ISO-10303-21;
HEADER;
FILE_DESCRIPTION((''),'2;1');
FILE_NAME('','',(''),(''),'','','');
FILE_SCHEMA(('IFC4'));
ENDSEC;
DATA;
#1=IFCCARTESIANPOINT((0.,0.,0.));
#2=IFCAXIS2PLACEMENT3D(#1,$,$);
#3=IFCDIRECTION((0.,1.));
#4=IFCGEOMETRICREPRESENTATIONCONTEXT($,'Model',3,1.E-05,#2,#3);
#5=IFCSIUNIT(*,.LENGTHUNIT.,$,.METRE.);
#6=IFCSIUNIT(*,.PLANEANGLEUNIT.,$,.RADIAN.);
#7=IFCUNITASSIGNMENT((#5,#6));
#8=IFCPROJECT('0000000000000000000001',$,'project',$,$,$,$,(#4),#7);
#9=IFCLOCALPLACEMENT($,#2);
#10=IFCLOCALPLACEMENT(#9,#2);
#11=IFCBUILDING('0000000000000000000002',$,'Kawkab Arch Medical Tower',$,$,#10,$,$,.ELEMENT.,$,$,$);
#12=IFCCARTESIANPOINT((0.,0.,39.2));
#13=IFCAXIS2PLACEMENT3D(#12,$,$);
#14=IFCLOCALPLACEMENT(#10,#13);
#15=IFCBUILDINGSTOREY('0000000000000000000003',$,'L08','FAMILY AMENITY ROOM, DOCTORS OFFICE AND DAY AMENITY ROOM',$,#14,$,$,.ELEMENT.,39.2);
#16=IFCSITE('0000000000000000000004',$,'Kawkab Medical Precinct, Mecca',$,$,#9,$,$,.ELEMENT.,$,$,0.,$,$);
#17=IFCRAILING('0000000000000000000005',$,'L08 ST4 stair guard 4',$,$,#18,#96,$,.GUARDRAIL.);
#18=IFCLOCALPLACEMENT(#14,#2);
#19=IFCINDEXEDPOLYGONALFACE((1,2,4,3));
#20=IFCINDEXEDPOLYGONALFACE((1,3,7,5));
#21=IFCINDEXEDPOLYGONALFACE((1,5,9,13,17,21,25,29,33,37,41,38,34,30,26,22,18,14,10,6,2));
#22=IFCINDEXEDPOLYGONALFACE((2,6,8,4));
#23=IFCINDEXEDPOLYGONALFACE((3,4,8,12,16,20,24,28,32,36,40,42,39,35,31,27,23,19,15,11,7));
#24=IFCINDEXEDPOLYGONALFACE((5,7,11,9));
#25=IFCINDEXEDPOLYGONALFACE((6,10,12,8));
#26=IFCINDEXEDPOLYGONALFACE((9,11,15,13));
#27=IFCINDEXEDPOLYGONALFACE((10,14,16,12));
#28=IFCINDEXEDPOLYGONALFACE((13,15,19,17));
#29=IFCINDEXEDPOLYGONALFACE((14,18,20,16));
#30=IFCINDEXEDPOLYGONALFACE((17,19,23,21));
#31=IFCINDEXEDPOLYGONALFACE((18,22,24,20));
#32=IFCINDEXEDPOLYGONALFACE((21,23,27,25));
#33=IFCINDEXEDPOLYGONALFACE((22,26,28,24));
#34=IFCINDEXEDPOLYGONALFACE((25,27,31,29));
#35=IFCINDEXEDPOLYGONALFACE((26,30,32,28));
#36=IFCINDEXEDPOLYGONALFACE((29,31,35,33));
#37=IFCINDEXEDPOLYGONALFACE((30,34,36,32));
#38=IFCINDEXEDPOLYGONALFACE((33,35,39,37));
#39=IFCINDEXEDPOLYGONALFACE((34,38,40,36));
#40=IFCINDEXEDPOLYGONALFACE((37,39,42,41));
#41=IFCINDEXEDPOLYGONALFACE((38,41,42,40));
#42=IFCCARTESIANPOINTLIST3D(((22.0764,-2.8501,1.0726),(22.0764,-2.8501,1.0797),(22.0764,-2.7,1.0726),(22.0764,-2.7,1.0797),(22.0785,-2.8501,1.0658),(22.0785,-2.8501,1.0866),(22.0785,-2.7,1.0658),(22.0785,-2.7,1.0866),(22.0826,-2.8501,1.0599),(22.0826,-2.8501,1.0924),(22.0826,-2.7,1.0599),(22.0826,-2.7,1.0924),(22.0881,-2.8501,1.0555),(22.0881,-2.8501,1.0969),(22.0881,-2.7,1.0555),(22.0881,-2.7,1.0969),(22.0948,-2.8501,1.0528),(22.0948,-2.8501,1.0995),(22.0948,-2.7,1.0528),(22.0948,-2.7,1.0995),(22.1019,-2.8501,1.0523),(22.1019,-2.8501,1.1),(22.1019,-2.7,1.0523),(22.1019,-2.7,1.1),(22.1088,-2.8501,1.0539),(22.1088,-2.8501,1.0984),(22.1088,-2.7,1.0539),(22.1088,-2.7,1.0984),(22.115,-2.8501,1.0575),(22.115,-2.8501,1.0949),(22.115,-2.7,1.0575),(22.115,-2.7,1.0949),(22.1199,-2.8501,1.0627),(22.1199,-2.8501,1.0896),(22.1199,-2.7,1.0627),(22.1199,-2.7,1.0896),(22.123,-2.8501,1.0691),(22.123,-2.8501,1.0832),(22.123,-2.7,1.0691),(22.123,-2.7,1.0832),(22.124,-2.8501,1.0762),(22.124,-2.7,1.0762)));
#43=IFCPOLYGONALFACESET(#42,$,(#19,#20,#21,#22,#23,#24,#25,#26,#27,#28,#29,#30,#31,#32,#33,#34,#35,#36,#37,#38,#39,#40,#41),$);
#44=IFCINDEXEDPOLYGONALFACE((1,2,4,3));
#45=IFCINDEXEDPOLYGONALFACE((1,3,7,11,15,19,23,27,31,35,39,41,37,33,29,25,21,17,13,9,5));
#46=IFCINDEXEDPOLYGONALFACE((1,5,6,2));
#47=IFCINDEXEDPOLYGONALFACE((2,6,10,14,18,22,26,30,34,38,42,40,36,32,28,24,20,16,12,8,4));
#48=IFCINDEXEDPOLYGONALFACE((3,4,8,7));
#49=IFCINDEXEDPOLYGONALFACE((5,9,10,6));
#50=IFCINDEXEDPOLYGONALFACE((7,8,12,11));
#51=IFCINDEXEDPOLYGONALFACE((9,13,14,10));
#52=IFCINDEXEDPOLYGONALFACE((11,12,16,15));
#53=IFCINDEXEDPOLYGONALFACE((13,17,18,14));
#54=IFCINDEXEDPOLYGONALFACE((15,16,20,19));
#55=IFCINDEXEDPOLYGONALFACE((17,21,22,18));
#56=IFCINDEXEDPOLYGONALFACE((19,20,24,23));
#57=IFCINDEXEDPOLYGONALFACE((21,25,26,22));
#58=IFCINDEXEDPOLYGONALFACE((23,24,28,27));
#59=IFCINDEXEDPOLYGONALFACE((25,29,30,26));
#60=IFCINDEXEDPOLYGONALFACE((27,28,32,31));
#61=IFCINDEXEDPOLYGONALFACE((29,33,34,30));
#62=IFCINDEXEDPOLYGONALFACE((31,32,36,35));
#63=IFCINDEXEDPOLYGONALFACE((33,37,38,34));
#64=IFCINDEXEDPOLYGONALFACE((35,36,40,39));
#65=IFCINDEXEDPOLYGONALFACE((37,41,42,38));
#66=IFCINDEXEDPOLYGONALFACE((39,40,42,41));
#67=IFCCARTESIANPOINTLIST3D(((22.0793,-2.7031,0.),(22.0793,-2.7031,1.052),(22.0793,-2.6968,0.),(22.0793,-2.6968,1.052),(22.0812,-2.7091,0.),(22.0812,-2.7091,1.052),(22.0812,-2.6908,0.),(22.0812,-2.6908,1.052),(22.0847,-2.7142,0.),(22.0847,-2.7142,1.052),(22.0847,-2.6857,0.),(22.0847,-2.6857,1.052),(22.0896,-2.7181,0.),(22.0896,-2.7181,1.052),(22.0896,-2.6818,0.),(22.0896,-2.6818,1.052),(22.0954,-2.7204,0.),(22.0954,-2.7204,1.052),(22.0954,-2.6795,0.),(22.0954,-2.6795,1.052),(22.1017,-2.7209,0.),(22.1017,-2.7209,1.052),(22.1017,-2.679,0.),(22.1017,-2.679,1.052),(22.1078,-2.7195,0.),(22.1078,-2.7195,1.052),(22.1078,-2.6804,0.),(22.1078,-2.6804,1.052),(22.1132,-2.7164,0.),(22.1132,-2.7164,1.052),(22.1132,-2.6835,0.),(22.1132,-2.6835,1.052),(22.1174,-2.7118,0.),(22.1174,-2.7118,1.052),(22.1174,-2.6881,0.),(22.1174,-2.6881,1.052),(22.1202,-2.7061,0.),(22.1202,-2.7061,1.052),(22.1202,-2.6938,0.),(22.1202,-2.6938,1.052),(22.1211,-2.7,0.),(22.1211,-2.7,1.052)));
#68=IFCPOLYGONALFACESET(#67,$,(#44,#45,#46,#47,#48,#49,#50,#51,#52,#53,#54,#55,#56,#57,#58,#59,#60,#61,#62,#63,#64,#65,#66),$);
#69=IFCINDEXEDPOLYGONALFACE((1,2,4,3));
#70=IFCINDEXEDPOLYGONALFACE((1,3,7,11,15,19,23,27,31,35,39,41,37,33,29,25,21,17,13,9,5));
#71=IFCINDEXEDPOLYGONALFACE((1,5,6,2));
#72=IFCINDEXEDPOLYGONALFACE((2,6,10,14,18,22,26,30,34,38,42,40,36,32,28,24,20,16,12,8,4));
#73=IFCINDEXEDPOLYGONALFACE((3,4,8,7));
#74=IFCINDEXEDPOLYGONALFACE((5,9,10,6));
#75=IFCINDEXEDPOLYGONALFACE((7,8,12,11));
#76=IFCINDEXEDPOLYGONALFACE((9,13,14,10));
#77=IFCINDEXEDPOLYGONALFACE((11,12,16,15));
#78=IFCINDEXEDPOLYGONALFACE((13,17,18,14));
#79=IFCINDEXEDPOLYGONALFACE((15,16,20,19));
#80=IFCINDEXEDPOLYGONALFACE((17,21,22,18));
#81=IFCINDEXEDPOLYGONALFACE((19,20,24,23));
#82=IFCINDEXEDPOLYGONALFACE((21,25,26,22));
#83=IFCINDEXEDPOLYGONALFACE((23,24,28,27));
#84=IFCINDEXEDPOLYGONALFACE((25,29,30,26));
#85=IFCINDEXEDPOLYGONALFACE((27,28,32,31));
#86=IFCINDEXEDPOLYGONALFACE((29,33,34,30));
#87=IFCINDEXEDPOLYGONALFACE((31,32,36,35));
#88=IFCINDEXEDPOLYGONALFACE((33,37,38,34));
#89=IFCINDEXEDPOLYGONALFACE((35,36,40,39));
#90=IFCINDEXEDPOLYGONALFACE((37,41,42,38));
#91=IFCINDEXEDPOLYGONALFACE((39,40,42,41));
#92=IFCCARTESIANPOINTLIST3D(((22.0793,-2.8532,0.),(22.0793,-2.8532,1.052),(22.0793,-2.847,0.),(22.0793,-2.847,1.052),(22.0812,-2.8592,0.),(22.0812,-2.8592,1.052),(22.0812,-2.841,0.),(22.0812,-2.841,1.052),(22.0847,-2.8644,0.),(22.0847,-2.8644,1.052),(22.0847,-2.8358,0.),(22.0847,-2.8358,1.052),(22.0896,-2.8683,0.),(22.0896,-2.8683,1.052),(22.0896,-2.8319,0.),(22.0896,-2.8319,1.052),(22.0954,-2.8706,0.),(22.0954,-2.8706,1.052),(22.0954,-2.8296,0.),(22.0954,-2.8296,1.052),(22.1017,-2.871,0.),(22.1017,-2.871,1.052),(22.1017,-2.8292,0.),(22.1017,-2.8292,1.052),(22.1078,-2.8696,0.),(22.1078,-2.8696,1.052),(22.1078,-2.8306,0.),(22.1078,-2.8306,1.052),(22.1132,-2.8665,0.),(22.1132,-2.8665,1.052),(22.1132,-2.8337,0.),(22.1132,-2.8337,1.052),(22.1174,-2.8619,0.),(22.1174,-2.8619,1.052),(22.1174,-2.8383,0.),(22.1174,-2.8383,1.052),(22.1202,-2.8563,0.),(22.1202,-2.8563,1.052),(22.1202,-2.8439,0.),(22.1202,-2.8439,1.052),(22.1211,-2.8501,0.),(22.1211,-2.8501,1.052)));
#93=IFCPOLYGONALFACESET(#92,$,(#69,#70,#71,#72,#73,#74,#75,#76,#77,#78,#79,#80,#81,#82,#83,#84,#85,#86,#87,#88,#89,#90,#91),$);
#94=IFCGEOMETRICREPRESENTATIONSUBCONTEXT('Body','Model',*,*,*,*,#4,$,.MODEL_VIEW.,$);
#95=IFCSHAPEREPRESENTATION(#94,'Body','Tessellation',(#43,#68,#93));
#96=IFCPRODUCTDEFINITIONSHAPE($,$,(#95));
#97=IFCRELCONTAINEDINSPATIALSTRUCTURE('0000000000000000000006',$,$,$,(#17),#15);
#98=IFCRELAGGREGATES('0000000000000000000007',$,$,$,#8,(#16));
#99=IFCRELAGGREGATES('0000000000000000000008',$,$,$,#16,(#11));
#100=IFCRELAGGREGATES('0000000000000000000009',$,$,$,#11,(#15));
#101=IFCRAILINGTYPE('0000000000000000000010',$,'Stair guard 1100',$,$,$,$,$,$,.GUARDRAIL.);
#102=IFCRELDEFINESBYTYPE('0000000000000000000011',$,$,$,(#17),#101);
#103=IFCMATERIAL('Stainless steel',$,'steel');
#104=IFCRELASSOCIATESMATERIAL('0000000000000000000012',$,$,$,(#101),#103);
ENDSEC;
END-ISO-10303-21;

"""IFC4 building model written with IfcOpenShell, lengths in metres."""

from ifc_helpers import new_model, si_unit, direction, frame, origin, origin_2d, place, context, subcontext, project, spatial, circle, extrude, material, type_object, element, save


model = new_model("IFC4")

# Units and contexts
model_context = context("Model", 3, precision=1e-05, world=origin(), true_north=direction((0.0, 1.0)))
body_context = subcontext(model_context, "Body", "Model", "MODEL_VIEW")
ifc_project = project(units=[si_unit("LENGTHUNIT", "METRE"), si_unit("PLANEANGLEUNIT", "RADIAN")], contexts=[model_context])

# Site, building, storey
site_placement = place(None, origin())
site = spatial("IfcSite", under=ifc_project, at=site_placement, Name="Kawkab Medical Precinct, Mecca", CompositionType="ELEMENT", RefElevation=0.0)
building_placement = place(site_placement, origin())
building = spatial("IfcBuilding", under=site, at=building_placement, Name="Kawkab Arch Medical Tower", CompositionType="ELEMENT")
storey_placement = place(building_placement, frame((0.0, 0.0, 39.2)))
storey = spatial("IfcBuildingStorey", under=building, at=storey_placement, Name="L08", Description="FAMILY AMENITY ROOM, DOCTORS OFFICE AND DAY AMENITY ROOM", CompositionType="ELEMENT", Elevation=39.2)

# Railing
ifc_material_1 = material(Name="Stainless steel", Category="steel")
railing_type_1 = type_object("IfcRailingType", Name="Stair guard 1100", PredefinedType="GUARDRAIL", material=ifc_material_1)
railing_1_placement = place(storey_placement, frame((22.1001, -2.7, 0.0)))
element("IfcRailing", 1, at=railing_1_placement, inside=storey, type_object=railing_type_1, Name="L08 ST4 stair guard 4", PredefinedType="GUARDRAIL", context=body_context, shape_type="SweptSolid", body=[
    extrude(circle(Radius=0.0239, at=origin_2d()), frame((0.0, 0.0, 1.0762), z_axis=(0.0, -1.0, 0.0), x_axis=(1.0, 0.0, 0.0)), (0.0, 0.0, 1.0), 0.1501),
    extrude(circle(Radius=0.021, at=origin_2d()), origin(), (0.0, 0.0, 1.0), 1.052),
    extrude(circle(Radius=0.021, at=origin_2d()), frame((0.0, -0.1501, 0.0)), (0.0, 0.0, 1.0), 1.052),
])

save(model, "model.ifc")
